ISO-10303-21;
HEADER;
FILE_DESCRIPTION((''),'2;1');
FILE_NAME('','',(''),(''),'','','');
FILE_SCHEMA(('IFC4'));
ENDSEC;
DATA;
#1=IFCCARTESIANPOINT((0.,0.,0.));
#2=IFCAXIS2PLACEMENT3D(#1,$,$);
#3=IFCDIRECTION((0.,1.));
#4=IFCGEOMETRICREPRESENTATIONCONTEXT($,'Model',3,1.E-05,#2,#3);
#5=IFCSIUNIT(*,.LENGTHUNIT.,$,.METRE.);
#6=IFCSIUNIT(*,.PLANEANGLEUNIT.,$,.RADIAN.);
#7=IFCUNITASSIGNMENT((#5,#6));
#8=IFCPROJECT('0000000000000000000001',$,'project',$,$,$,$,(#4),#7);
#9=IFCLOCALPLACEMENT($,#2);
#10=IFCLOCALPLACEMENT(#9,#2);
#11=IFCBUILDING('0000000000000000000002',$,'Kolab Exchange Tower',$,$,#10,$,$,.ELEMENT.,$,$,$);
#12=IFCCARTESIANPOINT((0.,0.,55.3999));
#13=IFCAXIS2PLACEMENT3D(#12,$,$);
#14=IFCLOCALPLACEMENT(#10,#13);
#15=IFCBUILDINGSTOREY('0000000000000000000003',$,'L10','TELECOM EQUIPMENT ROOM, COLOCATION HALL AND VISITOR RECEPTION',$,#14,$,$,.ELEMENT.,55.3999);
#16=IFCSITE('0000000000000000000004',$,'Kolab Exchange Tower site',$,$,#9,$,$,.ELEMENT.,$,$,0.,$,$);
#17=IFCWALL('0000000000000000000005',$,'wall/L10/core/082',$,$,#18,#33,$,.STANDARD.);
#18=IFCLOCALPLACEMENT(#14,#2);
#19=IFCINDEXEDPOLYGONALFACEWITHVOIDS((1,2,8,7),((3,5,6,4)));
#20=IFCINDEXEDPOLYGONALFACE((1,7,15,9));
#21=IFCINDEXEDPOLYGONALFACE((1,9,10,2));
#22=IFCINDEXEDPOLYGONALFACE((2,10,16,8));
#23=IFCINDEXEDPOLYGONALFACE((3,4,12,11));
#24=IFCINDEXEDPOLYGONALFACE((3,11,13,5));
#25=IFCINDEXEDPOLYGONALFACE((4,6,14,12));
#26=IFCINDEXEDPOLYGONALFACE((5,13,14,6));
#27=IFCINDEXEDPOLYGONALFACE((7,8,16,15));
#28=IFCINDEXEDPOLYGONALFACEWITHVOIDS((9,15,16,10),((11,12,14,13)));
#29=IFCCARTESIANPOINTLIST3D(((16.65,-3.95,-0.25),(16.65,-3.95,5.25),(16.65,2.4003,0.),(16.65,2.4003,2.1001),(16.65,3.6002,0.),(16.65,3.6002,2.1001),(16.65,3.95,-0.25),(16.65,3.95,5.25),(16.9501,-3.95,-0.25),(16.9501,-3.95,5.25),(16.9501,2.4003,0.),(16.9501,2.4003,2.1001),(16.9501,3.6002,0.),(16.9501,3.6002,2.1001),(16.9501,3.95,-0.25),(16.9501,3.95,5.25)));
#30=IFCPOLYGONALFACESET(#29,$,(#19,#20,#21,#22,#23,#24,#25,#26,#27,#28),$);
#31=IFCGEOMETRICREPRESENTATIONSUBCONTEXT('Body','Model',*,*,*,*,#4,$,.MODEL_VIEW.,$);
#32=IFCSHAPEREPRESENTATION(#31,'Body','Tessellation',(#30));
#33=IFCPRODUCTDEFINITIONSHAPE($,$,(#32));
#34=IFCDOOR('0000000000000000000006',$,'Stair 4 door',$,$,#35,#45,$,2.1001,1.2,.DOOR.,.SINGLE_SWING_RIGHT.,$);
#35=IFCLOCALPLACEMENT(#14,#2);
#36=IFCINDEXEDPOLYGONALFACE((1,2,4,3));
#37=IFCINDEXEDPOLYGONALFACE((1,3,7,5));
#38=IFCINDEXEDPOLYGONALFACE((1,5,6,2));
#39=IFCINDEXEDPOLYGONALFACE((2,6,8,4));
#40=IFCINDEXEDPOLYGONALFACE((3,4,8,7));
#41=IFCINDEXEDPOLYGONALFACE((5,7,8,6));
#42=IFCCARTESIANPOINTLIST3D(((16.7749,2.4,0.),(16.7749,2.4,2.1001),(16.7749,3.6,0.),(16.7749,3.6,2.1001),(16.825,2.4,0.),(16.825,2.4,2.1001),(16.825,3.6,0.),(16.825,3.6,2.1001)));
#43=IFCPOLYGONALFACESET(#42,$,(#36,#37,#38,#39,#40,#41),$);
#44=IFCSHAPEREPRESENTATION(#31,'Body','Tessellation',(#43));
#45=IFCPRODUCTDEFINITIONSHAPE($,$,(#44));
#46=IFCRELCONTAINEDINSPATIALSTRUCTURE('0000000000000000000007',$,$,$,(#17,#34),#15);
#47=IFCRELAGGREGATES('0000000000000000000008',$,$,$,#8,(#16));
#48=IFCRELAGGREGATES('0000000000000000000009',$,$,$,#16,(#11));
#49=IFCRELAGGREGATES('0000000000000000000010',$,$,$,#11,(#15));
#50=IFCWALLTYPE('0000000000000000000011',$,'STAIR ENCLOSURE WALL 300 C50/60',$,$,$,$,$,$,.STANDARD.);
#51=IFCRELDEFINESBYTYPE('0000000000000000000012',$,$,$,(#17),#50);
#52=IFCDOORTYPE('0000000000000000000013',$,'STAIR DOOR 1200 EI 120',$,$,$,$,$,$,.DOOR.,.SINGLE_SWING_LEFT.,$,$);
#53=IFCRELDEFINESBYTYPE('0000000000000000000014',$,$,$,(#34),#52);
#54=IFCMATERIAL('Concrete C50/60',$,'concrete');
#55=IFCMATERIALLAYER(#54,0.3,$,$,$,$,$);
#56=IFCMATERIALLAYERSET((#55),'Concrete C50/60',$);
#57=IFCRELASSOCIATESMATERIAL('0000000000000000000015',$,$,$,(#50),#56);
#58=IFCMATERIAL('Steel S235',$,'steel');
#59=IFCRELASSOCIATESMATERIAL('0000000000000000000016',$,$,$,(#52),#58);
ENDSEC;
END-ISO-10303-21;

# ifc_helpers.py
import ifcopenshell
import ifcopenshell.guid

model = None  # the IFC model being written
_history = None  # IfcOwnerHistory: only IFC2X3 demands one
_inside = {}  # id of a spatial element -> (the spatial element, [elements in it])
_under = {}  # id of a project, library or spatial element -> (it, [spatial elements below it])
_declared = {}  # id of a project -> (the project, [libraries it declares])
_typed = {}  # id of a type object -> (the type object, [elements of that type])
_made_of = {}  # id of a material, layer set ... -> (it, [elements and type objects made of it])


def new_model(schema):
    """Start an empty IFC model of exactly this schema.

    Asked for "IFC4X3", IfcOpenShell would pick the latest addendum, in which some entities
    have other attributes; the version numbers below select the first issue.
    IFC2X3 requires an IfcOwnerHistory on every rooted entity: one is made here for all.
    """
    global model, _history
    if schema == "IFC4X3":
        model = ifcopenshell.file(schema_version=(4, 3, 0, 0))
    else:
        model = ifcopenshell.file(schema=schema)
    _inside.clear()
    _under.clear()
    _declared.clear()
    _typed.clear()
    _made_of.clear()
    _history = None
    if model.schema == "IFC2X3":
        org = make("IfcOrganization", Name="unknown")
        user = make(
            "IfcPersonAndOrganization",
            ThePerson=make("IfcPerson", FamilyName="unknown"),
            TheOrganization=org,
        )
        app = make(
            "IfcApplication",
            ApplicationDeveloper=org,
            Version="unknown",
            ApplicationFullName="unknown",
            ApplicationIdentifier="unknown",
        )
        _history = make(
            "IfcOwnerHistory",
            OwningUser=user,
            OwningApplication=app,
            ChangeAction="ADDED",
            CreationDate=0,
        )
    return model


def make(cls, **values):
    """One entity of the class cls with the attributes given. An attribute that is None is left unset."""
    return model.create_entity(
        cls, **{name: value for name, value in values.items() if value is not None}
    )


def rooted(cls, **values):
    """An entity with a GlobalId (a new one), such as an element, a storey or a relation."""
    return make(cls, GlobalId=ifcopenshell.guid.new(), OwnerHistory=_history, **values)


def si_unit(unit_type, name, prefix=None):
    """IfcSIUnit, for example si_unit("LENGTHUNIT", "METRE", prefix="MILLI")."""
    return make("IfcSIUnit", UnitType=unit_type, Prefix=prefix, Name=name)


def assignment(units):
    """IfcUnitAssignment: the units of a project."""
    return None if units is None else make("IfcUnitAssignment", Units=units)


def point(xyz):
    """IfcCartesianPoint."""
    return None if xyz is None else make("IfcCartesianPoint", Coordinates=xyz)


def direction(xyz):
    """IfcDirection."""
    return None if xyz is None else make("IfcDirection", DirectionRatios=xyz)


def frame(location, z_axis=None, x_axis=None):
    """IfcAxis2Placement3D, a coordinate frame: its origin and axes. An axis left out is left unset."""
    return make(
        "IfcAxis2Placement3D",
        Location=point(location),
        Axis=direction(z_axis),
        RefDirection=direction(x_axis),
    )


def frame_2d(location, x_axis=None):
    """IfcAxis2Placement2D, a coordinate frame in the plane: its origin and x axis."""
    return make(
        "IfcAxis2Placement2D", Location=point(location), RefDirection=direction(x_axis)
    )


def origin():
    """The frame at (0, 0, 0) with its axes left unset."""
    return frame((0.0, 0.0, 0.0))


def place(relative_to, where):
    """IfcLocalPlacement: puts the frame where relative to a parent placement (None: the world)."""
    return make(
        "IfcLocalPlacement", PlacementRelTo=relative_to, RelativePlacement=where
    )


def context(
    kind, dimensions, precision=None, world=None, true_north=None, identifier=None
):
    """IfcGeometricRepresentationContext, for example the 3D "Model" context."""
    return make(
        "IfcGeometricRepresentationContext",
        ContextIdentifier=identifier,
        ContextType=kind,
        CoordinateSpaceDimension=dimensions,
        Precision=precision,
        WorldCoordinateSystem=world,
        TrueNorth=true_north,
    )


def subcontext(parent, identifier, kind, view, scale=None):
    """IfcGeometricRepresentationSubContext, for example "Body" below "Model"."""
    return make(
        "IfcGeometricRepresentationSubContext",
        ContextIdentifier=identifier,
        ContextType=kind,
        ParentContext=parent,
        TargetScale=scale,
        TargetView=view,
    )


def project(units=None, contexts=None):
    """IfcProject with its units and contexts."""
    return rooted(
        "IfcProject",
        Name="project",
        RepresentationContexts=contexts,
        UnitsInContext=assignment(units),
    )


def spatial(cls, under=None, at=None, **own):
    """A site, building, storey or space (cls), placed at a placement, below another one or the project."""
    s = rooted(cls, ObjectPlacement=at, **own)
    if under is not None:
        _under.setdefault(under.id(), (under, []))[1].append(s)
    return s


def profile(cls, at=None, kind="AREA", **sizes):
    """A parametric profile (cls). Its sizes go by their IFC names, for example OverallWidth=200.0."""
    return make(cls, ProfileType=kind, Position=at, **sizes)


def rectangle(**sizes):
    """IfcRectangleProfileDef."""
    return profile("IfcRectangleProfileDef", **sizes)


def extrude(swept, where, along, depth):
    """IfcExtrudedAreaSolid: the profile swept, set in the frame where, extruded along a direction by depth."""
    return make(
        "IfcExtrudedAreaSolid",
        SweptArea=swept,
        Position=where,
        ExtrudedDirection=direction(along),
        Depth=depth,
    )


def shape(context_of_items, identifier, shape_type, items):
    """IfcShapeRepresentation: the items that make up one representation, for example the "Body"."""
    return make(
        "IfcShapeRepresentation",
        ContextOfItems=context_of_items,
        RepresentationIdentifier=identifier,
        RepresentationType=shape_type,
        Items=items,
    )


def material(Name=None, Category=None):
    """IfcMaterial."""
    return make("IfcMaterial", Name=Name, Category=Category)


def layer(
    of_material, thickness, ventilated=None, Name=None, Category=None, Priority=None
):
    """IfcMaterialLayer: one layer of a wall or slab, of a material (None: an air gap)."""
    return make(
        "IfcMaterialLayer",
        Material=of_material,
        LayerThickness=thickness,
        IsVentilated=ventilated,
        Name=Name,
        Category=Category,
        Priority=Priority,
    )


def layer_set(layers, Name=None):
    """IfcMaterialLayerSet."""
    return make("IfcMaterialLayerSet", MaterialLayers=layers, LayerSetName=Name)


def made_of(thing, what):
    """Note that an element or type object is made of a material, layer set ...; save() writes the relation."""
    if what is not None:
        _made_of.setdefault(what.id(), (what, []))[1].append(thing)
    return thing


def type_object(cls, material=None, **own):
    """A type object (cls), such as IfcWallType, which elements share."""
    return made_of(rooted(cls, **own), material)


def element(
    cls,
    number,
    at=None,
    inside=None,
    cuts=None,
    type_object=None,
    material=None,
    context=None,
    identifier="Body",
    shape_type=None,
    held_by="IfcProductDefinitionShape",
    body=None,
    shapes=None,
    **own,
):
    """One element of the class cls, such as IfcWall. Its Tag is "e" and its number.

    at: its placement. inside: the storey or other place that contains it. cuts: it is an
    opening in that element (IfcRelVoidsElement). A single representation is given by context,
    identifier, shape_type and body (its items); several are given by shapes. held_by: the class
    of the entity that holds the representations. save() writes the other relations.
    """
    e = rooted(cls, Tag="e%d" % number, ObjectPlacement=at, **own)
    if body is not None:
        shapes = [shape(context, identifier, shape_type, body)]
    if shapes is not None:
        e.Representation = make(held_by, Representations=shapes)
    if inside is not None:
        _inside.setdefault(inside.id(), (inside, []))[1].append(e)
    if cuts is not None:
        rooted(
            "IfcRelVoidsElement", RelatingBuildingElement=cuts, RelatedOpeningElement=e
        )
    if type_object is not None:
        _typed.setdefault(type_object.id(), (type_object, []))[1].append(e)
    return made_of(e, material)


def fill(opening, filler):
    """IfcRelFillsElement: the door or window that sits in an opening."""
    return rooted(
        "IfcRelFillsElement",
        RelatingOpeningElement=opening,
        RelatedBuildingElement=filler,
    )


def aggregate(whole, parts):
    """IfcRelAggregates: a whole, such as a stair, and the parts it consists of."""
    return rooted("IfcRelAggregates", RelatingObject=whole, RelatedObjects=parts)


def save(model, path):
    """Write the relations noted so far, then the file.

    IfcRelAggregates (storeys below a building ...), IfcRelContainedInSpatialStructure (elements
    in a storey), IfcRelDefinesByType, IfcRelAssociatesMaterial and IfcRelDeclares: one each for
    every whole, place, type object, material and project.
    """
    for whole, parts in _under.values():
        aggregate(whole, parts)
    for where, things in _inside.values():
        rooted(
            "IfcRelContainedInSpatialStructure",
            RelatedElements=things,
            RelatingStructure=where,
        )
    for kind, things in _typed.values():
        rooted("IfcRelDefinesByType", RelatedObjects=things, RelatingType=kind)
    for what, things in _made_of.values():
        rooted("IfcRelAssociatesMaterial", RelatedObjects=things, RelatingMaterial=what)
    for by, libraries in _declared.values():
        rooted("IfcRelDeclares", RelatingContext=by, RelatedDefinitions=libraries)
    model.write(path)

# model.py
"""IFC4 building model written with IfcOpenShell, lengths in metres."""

from ifc_helpers import new_model, si_unit, direction, frame, frame_2d, origin, place, context, subcontext, project, spatial, rectangle, extrude, material, layer, layer_set, type_object, element, fill, save


model = new_model("IFC4")

# Units and contexts
model_context = context("Model", 3, precision=1e-05, world=origin(), true_north=direction((0.0, 1.0)))
body_context = subcontext(model_context, "Body", "Model", "MODEL_VIEW")
ifc_project = project(units=[si_unit("LENGTHUNIT", "METRE"), si_unit("PLANEANGLEUNIT", "RADIAN")], contexts=[model_context])

# Site, building, storey
site_placement = place(None, origin())
site = spatial("IfcSite", under=ifc_project, at=site_placement, Name="Kolab Exchange Tower site", CompositionType="ELEMENT", RefElevation=0.0)
building_placement = place(site_placement, origin())
building = spatial("IfcBuilding", under=site, at=building_placement, Name="Kolab Exchange Tower", CompositionType="ELEMENT")
storey_placement = place(building_placement, frame((0.0, 0.0, 55.3999)))
storey = spatial("IfcBuildingStorey", under=building, at=storey_placement, Name="L10", Description="TELECOM EQUIPMENT ROOM, COLOCATION HALL AND VISITOR RECEPTION", CompositionType="ELEMENT", Elevation=55.3999)

# Shared definitions
ifc_material_1 = material(Name="Concrete C50/60", Category="concrete")

# Shared definitions
ifc_material_2 = material(Name="Steel S235", Category="steel")

# Shared definitions
ifc_layer_1 = layer(ifc_material_1, 0.3)
ifc_layer_set_1 = layer_set([ifc_layer_1], Name="Concrete C50/60")
wall_type_1 = type_object("IfcWallType", Name="STAIR ENCLOSURE WALL 300 C50/60", PredefinedType="STANDARD", material=ifc_layer_set_1)

# Wall, opening, door
door_type_1 = type_object("IfcDoorType", Name="STAIR DOOR 1200 EI 120", OperationType="SINGLE_SWING_LEFT", PredefinedType="DOOR", material=ifc_material_2)
wall_1_placement = place(storey_placement, frame((16.8, -3.95, -0.25), z_axis=(0.0, 0.0, 1.0), x_axis=(0.0, 1.0, 0.0)))
wall_1 = element("IfcWall", 1, at=wall_1_placement, inside=storey, type_object=wall_type_1, Name="wall/L10/core/082", PredefinedType="STANDARD", context=body_context, shape_type="SweptSolid", body=[
    extrude(rectangle(XDim=7.8999, YDim=0.3, at=frame_2d((3.95, 0.0))), origin(), (0.0, 0.0, 1.0), 5.5),
])
opening_1_placement = place(wall_1_placement, frame((6.3501, 0.0, 0.25)))
opening_1 = element("IfcOpeningElement", 2, at=opening_1_placement, cuts=wall_1, PredefinedType="OPENING", context=body_context, shape_type="SweptSolid", body=[
    extrude(rectangle(XDim=1.2, YDim=2.1001, at=frame_2d((0.6001, 1.05))), frame((0.0, 0.1602, 0.0), z_axis=(0.0, -1.0, 0.0), x_axis=(1.0, 0.0, 0.0)), (0.0, 0.0, 1.0), 0.3201),
])
door_1_placement = place(opening_1_placement, frame((1.2, 0.0, 0.0), z_axis=(0.0, 0.0, 1.0), x_axis=(-1.0, 0.0, 0.0)))
door_1 = element("IfcDoor", 3, at=door_1_placement, inside=storey, type_object=door_type_1, Name="Stair 4 door", OperationType="SINGLE_SWING_RIGHT", OverallHeight=2.1001, OverallWidth=1.2, PredefinedType="DOOR", context=body_context, shape_type="SweptSolid", body=[
    extrude(rectangle(XDim=1.2, YDim=2.1001, at=frame_2d((0.6001, 1.05))), frame((0.0, 0.0249, 0.0), z_axis=(0.0, -1.0, 0.0), x_axis=(1.0, 0.0, 0.0)), (0.0, 0.0, 1.0), 0.05),
])
fill(opening_1, door_1)

save(model, "model.ifc")
